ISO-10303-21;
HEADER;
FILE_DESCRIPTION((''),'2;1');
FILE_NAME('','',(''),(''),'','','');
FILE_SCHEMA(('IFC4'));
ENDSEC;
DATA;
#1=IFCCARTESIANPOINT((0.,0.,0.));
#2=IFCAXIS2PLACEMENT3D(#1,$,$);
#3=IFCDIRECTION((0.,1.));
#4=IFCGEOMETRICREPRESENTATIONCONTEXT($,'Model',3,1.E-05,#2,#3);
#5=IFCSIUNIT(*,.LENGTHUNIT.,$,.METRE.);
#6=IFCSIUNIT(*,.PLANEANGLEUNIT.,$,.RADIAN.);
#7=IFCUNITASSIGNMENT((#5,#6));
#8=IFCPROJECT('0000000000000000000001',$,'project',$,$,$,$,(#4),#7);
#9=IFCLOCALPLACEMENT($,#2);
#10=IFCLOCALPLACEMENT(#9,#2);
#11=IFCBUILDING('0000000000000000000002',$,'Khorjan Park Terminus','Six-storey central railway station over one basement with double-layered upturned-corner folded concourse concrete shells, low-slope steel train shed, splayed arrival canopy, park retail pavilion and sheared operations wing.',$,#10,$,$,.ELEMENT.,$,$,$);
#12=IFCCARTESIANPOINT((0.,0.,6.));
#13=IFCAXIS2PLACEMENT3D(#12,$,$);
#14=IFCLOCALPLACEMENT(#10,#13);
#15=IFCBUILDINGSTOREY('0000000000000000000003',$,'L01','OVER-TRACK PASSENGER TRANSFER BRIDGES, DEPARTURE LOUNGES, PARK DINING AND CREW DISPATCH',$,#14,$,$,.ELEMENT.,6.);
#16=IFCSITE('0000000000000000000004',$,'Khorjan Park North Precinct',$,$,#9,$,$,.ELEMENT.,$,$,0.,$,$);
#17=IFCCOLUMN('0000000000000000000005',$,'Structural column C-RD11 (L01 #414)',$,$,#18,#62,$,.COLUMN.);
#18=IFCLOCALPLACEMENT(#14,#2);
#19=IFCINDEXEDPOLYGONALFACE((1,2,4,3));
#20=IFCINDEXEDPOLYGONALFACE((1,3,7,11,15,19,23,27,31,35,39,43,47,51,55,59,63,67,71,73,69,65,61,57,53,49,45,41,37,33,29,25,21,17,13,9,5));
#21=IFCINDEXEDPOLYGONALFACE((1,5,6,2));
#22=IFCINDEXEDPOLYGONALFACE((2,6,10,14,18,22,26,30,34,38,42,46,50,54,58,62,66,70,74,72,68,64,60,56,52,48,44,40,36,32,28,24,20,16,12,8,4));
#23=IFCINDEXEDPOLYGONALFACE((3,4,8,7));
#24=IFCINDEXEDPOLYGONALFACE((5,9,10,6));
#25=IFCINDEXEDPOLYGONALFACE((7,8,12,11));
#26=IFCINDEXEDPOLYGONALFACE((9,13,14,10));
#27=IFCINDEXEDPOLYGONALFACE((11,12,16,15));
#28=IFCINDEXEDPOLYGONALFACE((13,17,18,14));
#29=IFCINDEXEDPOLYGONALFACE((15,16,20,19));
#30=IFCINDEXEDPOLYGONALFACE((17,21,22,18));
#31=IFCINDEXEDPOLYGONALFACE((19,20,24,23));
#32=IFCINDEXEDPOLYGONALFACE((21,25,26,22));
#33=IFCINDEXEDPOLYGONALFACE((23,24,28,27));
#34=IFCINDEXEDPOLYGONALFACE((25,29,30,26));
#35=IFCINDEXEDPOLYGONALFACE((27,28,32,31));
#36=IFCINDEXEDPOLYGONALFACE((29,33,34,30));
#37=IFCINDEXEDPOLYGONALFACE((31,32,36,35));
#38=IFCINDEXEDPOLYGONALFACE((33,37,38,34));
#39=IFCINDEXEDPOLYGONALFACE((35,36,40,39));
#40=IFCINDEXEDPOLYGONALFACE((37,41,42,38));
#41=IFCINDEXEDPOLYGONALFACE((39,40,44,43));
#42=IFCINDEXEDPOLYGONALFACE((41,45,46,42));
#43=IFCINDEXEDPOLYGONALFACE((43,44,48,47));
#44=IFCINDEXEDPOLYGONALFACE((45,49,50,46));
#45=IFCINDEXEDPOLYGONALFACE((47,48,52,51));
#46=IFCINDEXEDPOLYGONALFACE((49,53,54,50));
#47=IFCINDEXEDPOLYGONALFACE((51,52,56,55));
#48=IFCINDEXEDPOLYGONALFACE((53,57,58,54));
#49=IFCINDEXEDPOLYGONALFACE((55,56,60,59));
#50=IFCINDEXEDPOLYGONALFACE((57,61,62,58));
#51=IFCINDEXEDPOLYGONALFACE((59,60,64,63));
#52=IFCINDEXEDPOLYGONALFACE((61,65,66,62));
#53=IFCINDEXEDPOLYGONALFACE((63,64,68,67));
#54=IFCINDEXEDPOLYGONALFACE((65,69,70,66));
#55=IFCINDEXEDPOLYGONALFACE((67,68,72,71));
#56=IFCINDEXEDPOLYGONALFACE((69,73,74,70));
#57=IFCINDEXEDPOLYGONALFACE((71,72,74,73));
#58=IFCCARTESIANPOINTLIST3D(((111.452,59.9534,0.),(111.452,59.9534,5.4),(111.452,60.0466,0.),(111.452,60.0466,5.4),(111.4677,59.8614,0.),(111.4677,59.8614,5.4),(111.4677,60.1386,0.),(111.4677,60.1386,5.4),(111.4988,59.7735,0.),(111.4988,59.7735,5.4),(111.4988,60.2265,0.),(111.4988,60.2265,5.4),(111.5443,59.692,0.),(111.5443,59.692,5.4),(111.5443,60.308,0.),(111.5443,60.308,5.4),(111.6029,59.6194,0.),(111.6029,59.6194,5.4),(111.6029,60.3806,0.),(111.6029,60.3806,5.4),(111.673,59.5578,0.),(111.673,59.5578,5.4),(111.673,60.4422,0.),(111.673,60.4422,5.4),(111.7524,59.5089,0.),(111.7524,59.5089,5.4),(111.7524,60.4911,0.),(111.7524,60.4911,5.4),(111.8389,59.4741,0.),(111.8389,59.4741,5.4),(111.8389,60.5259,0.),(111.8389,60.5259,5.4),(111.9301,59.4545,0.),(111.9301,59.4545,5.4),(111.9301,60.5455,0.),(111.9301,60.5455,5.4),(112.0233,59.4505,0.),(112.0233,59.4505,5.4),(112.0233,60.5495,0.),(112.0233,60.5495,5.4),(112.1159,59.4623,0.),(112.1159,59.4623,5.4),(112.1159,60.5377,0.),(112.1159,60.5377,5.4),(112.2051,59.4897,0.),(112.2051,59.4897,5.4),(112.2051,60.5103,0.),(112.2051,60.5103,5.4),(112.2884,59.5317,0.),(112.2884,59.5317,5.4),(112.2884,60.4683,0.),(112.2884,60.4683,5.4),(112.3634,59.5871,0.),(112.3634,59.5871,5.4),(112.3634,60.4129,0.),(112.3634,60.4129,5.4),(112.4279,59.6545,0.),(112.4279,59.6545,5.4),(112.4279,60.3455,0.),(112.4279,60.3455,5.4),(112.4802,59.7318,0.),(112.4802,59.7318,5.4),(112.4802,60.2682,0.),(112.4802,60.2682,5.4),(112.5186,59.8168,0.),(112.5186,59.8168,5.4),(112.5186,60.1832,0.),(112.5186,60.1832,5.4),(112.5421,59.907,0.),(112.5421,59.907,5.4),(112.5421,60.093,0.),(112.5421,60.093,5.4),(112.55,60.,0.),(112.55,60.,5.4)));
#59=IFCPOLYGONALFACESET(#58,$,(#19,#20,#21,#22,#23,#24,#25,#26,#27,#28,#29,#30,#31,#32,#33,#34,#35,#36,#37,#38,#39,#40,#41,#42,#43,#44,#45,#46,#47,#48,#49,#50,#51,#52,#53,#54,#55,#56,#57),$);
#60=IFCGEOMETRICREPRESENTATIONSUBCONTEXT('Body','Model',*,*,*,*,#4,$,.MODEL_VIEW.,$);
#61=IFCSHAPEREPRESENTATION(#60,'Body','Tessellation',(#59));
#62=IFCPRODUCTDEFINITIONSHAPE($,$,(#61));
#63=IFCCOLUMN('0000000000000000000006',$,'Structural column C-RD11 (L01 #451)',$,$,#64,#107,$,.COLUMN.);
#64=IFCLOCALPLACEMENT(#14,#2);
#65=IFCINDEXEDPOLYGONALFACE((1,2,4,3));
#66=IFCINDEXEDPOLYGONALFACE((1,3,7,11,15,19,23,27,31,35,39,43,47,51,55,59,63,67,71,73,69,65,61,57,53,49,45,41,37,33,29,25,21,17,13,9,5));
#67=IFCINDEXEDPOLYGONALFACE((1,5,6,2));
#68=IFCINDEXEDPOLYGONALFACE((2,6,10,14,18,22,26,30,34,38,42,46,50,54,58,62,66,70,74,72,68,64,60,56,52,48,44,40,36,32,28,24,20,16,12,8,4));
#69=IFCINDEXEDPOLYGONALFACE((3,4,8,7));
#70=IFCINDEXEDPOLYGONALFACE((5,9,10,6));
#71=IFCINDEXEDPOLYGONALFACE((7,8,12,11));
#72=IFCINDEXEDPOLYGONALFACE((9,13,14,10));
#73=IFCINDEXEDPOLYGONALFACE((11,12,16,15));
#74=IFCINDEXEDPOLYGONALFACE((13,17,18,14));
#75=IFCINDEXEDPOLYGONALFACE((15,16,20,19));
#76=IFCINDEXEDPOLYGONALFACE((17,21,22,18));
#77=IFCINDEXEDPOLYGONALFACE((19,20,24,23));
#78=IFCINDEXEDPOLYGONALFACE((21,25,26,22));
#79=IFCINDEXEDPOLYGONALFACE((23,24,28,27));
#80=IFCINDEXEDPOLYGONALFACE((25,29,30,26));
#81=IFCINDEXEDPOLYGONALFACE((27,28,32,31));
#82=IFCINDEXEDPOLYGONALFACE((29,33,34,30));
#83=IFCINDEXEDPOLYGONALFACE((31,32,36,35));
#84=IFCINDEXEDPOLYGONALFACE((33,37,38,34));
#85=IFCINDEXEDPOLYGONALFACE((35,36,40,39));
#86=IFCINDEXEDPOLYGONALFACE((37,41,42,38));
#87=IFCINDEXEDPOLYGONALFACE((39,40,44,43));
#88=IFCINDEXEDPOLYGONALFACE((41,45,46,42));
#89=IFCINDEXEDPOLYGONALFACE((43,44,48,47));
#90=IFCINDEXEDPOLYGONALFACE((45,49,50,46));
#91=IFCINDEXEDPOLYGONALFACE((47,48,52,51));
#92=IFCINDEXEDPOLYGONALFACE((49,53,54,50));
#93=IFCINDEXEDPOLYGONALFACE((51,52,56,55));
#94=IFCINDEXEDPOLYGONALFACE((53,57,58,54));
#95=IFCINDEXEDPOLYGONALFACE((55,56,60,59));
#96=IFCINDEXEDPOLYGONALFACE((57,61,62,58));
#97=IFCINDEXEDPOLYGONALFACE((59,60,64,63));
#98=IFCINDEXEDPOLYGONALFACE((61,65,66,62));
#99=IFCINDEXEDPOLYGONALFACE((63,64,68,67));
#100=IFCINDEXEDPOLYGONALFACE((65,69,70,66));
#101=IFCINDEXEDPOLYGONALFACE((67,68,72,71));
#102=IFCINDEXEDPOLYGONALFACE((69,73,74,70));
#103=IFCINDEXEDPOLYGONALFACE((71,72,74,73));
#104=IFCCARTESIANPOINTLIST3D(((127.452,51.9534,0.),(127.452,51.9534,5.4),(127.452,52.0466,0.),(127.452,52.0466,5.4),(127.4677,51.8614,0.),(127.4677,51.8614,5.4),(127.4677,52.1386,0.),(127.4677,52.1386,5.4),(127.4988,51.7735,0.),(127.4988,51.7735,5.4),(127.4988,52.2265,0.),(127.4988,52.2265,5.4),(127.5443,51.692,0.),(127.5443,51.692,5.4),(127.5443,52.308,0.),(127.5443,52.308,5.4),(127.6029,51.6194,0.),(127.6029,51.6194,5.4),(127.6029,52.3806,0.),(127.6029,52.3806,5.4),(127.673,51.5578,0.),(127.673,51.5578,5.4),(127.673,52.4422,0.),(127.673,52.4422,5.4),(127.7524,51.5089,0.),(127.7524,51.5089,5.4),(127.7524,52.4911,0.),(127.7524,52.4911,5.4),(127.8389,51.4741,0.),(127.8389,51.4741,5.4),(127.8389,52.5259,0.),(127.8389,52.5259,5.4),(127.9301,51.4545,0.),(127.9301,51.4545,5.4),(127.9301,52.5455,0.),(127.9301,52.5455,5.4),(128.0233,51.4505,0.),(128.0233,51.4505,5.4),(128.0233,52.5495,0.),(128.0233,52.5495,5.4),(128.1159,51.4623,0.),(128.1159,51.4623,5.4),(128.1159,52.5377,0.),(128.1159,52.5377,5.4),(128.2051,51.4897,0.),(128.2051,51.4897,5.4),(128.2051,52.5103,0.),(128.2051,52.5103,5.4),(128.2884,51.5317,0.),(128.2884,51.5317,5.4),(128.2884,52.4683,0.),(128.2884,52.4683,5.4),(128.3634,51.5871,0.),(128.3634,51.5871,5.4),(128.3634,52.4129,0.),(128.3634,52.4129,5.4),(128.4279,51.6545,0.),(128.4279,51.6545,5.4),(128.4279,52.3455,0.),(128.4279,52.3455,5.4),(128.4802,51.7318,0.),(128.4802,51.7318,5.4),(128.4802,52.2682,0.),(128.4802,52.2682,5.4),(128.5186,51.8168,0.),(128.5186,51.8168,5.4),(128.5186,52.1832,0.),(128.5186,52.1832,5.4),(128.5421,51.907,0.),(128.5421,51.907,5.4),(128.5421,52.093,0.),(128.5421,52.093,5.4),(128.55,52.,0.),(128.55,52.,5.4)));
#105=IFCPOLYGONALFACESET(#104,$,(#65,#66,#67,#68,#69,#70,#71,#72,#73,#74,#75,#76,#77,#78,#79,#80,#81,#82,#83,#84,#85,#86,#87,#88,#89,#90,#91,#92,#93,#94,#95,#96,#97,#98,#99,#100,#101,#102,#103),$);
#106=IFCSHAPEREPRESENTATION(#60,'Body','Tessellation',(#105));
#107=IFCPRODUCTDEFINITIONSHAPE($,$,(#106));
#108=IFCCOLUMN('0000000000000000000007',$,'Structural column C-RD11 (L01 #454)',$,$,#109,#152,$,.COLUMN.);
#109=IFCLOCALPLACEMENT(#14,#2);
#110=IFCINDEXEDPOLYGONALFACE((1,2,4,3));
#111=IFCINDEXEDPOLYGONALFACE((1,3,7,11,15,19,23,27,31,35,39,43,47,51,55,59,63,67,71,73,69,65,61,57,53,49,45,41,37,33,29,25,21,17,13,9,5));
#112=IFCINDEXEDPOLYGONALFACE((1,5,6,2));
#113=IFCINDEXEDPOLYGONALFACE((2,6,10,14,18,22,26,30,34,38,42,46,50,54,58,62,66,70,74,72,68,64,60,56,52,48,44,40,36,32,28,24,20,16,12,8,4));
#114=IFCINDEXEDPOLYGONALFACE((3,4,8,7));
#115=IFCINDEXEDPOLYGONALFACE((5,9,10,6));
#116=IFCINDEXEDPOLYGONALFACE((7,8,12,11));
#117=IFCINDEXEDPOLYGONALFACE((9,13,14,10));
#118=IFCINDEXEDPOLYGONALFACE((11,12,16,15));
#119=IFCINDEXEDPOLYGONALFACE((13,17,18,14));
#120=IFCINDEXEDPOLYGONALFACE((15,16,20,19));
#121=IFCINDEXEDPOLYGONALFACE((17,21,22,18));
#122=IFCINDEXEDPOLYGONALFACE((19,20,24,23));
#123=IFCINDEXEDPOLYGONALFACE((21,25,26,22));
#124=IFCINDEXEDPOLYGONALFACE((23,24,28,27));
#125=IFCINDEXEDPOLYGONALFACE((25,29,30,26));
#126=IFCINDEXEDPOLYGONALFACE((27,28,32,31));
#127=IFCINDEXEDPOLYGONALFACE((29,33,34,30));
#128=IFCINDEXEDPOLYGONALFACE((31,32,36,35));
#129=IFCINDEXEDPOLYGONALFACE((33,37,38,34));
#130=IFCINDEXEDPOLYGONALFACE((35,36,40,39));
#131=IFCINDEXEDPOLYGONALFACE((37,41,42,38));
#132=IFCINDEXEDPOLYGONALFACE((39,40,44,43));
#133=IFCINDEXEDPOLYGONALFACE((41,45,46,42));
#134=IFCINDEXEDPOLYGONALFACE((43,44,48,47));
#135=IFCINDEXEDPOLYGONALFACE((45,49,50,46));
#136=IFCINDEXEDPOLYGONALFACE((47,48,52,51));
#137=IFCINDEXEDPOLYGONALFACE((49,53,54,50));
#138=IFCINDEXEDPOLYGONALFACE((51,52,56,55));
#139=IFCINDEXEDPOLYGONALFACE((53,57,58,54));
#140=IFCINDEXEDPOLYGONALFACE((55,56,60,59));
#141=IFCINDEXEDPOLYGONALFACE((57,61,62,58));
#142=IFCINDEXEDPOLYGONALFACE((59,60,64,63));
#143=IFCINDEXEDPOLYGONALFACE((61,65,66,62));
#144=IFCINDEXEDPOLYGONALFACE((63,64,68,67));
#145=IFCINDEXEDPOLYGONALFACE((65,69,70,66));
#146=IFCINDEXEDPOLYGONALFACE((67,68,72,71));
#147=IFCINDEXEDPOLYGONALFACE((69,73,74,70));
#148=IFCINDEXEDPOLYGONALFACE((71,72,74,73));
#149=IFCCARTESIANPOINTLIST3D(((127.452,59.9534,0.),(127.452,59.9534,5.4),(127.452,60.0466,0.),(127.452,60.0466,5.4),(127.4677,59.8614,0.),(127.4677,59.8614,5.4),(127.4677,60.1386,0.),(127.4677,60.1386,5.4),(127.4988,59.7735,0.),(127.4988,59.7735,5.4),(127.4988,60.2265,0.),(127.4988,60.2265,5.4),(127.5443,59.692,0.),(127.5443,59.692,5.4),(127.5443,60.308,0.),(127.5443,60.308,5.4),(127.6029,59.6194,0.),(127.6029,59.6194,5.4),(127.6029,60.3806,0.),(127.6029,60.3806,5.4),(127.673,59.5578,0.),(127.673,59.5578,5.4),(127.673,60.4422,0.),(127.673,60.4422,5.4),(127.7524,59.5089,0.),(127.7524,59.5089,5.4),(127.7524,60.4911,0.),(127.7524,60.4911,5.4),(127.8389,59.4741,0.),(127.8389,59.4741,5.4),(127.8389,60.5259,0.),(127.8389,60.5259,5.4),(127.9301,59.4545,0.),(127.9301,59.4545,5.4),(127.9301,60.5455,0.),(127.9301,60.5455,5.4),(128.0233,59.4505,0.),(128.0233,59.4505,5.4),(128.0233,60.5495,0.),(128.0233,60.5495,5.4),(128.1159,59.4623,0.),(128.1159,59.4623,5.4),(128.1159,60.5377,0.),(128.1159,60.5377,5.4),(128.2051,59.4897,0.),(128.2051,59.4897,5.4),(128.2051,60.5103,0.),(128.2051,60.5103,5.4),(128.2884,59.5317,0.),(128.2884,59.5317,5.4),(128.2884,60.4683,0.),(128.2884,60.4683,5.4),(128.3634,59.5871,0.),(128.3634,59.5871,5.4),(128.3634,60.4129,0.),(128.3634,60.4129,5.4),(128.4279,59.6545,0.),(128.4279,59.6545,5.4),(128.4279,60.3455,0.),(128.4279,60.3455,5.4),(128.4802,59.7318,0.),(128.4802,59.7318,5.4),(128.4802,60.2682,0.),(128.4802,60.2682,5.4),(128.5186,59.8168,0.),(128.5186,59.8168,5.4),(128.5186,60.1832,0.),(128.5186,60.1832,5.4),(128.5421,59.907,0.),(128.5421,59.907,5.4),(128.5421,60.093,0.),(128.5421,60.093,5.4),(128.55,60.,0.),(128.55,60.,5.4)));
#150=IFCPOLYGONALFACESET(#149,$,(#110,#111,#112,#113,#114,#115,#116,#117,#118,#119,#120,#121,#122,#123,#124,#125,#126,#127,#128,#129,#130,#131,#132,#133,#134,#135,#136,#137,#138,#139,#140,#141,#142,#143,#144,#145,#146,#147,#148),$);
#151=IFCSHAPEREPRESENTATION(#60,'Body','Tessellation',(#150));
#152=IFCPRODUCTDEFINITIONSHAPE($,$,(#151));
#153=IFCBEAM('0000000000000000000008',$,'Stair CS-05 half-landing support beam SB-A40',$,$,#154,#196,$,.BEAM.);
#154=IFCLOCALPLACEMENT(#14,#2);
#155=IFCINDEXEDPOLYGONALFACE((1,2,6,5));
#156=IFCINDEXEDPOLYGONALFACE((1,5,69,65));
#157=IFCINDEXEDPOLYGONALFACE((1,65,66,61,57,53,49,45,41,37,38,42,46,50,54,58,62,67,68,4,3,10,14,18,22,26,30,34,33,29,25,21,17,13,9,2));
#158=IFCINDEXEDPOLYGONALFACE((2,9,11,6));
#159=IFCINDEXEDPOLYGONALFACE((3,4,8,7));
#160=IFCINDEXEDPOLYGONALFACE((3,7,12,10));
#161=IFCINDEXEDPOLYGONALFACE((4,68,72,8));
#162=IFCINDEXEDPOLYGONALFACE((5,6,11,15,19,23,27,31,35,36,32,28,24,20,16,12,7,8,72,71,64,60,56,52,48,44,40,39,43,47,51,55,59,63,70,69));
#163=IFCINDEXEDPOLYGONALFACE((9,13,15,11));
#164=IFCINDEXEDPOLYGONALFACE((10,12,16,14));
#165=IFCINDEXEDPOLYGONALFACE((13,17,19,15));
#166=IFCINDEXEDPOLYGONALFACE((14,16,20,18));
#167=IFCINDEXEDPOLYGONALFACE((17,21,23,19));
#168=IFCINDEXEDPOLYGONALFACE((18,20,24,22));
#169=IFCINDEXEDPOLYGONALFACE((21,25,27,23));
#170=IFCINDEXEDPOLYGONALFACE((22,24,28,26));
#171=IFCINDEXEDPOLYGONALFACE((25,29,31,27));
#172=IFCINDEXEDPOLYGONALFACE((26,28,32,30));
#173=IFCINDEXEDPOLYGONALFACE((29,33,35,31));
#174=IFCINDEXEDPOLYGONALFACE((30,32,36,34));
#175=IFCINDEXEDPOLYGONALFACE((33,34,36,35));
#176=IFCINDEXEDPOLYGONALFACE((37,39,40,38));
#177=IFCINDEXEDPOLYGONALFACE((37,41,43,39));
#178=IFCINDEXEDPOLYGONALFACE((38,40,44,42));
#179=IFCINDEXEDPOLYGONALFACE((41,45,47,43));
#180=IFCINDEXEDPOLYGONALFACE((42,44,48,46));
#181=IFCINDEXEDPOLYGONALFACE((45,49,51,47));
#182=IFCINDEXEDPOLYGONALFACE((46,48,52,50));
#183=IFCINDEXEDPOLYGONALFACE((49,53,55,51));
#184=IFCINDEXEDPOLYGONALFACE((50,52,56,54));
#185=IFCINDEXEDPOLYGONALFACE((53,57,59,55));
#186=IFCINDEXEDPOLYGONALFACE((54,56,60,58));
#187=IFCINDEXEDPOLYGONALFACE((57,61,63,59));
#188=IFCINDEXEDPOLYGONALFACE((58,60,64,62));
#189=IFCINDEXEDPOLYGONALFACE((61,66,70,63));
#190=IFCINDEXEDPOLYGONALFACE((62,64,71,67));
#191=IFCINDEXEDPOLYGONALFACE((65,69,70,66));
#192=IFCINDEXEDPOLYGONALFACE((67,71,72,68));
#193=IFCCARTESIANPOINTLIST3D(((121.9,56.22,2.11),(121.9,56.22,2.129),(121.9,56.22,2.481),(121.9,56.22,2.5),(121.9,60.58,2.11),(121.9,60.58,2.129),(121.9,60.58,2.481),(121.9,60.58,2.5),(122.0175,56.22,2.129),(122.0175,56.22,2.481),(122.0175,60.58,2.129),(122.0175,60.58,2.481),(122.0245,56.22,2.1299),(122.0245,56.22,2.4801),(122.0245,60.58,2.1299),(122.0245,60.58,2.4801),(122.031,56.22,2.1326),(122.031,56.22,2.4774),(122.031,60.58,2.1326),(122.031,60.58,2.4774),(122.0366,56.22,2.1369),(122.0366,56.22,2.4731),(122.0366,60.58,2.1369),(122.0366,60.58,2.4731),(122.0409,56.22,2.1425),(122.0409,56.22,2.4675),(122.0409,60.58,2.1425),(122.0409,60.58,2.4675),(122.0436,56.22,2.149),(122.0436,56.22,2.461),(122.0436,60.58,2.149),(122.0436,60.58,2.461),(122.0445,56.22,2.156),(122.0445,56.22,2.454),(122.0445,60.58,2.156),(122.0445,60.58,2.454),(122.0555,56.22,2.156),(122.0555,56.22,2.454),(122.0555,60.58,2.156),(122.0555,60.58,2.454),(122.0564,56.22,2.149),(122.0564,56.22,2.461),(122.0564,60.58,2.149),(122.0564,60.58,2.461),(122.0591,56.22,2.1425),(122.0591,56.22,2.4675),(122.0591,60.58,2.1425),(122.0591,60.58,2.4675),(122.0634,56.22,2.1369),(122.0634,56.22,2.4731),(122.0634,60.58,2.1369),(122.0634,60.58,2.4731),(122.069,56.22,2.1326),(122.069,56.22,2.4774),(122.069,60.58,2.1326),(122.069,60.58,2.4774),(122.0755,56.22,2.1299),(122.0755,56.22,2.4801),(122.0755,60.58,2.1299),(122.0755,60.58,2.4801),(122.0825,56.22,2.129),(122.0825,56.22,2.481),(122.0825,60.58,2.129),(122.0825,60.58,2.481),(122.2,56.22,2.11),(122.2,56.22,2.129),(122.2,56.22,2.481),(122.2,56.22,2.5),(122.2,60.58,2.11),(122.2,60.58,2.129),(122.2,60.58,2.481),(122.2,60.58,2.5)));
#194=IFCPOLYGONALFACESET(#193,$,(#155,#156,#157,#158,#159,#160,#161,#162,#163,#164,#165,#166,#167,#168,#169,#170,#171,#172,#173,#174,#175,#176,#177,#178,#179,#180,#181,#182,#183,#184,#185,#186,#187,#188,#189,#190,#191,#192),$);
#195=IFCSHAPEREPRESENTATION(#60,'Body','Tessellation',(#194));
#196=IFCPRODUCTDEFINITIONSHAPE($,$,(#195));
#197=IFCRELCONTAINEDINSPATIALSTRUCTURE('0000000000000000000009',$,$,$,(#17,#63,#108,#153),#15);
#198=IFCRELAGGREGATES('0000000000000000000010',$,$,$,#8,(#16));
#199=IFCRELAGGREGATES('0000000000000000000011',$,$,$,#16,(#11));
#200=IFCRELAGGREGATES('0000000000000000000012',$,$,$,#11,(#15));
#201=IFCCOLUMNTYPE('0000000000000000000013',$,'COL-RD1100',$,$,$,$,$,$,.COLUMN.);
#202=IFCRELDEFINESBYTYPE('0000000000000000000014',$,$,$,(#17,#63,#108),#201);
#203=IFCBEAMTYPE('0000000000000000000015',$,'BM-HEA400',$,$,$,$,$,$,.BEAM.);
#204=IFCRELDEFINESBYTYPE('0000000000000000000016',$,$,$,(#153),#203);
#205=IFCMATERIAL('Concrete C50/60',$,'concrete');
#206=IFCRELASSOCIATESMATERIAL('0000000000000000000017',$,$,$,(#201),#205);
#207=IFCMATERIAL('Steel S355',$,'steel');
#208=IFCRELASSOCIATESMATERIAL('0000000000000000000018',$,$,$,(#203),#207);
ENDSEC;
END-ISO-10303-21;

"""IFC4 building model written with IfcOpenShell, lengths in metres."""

from ifc_helpers import new_model, si_unit, direction, frame, origin, origin_2d, place, context, subcontext, project, spatial, circle, i_section, extrude, material, material_profile, profile_set, type_object, element, save


model = new_model("IFC4")

# Units and contexts
model_context = context("Model", 3, precision=1e-05, world=origin(), true_north=direction((0.0, 1.0)))
body_context = subcontext(model_context, "Body", "Model", "MODEL_VIEW")
ifc_project = project(units=[si_unit("LENGTHUNIT", "METRE"), si_unit("PLANEANGLEUNIT", "RADIAN")], contexts=[model_context])

# Site, building, storey
site_placement = place(None, origin())
site = spatial("IfcSite", under=ifc_project, at=site_placement, Name="Khorjan Park North Precinct", CompositionType="ELEMENT", RefElevation=0.0)
building_placement = place(site_placement, origin())
building = spatial("IfcBuilding", under=site, at=building_placement, Name="Khorjan Park Terminus", Description="Six-storey central railway station over one basement with double-layered upturned-corner folded concourse concrete shells, low-slope steel train shed, splayed arrival canopy, park retail pavilion and sheared operations wing.", CompositionType="ELEMENT")
storey_placement = place(building_placement, frame((0.0, 0.0, 6.0)))
storey = spatial("IfcBuildingStorey", under=building, at=storey_placement, Name="L01", Description="OVER-TRACK PASSENGER TRANSFER BRIDGES, DEPARTURE LOUNGES, PARK DINING AND CREW DISPATCH", CompositionType="ELEMENT", Elevation=6.0)

# Columns
ifc_material_1 = material(Name="Steel S355", Category="steel")
ifc_material_2 = material(Name="Concrete C50/60", Category="concrete")
ifc_material_profile_1 = material_profile(ifc_material_2, circle(Radius=0.55, at=origin_2d()), Name="RC D1100")
ifc_profile_set_1 = profile_set([ifc_material_profile_1], Name="Concrete C50/60")
column_type_1 = type_object("IfcColumnType", Name="COL-RD1100", PredefinedType="COLUMN", material=ifc_profile_set_1)
for number, where, z_axis, x_axis, name in (
    (1, (112.0, 60.0, 0.0), (0.0, 0.0, 1.0), (1.0, 0.0, 0.0), "Structural column C-RD11 (L01 #414)"),
    (2, (128.0, 52.0, 0.0), (0.0, 0.0, 1.0), (1.0, 0.0, 0.0), "Structural column C-RD11 (L01 #451)"),
    (3, (128.0, 60.0, 0.0), (0.0, 0.0, 1.0), (1.0, 0.0, 0.0), "Structural column C-RD11 (L01 #454)"),
):
    element("IfcColumn", number, at=place(storey_placement, frame(where, z_axis=z_axis, x_axis=x_axis)), inside=storey, type_object=column_type_1, Name=name, PredefinedType="COLUMN", context=body_context, shape_type="SweptSolid", body=[
        extrude(circle(Radius=0.55, at=origin_2d()), origin(), (0.0, 0.0, 1.0), 5.4),
    ])

# Beam
ifc_material_profile_2 = material_profile(ifc_material_1, i_section(OverallWidth=0.3, OverallDepth=0.39, WebThickness=0.011, FlangeThickness=0.019, FilletRadius=0.027, at=origin_2d()), Name="HEA 400")
ifc_profile_set_2 = profile_set([ifc_material_profile_2], Name="Steel S355")
beam_type_1 = type_object("IfcBeamType", Name="BM-HEA400", PredefinedType="BEAM", material=ifc_profile_set_2)
beam_1_placement = place(storey_placement, frame((122.05, 56.22, 2.305), z_axis=(0.0, 1.0, 0.0), x_axis=(-1.0, 0.0, 0.0)))
element("IfcBeam", 4, at=beam_1_placement, inside=storey, type_object=beam_type_1, Name="Stair CS-05 half-landing support beam SB-A40", PredefinedType="BEAM", context=body_context, shape_type="SweptSolid", body=[
    extrude(i_section(OverallWidth=0.3, OverallDepth=0.39, WebThickness=0.011, FlangeThickness=0.019, FilletRadius=0.027, at=origin_2d()), origin(), (0.0, 0.0, 1.0), 4.36),
])

save(model, "model.ifc")
